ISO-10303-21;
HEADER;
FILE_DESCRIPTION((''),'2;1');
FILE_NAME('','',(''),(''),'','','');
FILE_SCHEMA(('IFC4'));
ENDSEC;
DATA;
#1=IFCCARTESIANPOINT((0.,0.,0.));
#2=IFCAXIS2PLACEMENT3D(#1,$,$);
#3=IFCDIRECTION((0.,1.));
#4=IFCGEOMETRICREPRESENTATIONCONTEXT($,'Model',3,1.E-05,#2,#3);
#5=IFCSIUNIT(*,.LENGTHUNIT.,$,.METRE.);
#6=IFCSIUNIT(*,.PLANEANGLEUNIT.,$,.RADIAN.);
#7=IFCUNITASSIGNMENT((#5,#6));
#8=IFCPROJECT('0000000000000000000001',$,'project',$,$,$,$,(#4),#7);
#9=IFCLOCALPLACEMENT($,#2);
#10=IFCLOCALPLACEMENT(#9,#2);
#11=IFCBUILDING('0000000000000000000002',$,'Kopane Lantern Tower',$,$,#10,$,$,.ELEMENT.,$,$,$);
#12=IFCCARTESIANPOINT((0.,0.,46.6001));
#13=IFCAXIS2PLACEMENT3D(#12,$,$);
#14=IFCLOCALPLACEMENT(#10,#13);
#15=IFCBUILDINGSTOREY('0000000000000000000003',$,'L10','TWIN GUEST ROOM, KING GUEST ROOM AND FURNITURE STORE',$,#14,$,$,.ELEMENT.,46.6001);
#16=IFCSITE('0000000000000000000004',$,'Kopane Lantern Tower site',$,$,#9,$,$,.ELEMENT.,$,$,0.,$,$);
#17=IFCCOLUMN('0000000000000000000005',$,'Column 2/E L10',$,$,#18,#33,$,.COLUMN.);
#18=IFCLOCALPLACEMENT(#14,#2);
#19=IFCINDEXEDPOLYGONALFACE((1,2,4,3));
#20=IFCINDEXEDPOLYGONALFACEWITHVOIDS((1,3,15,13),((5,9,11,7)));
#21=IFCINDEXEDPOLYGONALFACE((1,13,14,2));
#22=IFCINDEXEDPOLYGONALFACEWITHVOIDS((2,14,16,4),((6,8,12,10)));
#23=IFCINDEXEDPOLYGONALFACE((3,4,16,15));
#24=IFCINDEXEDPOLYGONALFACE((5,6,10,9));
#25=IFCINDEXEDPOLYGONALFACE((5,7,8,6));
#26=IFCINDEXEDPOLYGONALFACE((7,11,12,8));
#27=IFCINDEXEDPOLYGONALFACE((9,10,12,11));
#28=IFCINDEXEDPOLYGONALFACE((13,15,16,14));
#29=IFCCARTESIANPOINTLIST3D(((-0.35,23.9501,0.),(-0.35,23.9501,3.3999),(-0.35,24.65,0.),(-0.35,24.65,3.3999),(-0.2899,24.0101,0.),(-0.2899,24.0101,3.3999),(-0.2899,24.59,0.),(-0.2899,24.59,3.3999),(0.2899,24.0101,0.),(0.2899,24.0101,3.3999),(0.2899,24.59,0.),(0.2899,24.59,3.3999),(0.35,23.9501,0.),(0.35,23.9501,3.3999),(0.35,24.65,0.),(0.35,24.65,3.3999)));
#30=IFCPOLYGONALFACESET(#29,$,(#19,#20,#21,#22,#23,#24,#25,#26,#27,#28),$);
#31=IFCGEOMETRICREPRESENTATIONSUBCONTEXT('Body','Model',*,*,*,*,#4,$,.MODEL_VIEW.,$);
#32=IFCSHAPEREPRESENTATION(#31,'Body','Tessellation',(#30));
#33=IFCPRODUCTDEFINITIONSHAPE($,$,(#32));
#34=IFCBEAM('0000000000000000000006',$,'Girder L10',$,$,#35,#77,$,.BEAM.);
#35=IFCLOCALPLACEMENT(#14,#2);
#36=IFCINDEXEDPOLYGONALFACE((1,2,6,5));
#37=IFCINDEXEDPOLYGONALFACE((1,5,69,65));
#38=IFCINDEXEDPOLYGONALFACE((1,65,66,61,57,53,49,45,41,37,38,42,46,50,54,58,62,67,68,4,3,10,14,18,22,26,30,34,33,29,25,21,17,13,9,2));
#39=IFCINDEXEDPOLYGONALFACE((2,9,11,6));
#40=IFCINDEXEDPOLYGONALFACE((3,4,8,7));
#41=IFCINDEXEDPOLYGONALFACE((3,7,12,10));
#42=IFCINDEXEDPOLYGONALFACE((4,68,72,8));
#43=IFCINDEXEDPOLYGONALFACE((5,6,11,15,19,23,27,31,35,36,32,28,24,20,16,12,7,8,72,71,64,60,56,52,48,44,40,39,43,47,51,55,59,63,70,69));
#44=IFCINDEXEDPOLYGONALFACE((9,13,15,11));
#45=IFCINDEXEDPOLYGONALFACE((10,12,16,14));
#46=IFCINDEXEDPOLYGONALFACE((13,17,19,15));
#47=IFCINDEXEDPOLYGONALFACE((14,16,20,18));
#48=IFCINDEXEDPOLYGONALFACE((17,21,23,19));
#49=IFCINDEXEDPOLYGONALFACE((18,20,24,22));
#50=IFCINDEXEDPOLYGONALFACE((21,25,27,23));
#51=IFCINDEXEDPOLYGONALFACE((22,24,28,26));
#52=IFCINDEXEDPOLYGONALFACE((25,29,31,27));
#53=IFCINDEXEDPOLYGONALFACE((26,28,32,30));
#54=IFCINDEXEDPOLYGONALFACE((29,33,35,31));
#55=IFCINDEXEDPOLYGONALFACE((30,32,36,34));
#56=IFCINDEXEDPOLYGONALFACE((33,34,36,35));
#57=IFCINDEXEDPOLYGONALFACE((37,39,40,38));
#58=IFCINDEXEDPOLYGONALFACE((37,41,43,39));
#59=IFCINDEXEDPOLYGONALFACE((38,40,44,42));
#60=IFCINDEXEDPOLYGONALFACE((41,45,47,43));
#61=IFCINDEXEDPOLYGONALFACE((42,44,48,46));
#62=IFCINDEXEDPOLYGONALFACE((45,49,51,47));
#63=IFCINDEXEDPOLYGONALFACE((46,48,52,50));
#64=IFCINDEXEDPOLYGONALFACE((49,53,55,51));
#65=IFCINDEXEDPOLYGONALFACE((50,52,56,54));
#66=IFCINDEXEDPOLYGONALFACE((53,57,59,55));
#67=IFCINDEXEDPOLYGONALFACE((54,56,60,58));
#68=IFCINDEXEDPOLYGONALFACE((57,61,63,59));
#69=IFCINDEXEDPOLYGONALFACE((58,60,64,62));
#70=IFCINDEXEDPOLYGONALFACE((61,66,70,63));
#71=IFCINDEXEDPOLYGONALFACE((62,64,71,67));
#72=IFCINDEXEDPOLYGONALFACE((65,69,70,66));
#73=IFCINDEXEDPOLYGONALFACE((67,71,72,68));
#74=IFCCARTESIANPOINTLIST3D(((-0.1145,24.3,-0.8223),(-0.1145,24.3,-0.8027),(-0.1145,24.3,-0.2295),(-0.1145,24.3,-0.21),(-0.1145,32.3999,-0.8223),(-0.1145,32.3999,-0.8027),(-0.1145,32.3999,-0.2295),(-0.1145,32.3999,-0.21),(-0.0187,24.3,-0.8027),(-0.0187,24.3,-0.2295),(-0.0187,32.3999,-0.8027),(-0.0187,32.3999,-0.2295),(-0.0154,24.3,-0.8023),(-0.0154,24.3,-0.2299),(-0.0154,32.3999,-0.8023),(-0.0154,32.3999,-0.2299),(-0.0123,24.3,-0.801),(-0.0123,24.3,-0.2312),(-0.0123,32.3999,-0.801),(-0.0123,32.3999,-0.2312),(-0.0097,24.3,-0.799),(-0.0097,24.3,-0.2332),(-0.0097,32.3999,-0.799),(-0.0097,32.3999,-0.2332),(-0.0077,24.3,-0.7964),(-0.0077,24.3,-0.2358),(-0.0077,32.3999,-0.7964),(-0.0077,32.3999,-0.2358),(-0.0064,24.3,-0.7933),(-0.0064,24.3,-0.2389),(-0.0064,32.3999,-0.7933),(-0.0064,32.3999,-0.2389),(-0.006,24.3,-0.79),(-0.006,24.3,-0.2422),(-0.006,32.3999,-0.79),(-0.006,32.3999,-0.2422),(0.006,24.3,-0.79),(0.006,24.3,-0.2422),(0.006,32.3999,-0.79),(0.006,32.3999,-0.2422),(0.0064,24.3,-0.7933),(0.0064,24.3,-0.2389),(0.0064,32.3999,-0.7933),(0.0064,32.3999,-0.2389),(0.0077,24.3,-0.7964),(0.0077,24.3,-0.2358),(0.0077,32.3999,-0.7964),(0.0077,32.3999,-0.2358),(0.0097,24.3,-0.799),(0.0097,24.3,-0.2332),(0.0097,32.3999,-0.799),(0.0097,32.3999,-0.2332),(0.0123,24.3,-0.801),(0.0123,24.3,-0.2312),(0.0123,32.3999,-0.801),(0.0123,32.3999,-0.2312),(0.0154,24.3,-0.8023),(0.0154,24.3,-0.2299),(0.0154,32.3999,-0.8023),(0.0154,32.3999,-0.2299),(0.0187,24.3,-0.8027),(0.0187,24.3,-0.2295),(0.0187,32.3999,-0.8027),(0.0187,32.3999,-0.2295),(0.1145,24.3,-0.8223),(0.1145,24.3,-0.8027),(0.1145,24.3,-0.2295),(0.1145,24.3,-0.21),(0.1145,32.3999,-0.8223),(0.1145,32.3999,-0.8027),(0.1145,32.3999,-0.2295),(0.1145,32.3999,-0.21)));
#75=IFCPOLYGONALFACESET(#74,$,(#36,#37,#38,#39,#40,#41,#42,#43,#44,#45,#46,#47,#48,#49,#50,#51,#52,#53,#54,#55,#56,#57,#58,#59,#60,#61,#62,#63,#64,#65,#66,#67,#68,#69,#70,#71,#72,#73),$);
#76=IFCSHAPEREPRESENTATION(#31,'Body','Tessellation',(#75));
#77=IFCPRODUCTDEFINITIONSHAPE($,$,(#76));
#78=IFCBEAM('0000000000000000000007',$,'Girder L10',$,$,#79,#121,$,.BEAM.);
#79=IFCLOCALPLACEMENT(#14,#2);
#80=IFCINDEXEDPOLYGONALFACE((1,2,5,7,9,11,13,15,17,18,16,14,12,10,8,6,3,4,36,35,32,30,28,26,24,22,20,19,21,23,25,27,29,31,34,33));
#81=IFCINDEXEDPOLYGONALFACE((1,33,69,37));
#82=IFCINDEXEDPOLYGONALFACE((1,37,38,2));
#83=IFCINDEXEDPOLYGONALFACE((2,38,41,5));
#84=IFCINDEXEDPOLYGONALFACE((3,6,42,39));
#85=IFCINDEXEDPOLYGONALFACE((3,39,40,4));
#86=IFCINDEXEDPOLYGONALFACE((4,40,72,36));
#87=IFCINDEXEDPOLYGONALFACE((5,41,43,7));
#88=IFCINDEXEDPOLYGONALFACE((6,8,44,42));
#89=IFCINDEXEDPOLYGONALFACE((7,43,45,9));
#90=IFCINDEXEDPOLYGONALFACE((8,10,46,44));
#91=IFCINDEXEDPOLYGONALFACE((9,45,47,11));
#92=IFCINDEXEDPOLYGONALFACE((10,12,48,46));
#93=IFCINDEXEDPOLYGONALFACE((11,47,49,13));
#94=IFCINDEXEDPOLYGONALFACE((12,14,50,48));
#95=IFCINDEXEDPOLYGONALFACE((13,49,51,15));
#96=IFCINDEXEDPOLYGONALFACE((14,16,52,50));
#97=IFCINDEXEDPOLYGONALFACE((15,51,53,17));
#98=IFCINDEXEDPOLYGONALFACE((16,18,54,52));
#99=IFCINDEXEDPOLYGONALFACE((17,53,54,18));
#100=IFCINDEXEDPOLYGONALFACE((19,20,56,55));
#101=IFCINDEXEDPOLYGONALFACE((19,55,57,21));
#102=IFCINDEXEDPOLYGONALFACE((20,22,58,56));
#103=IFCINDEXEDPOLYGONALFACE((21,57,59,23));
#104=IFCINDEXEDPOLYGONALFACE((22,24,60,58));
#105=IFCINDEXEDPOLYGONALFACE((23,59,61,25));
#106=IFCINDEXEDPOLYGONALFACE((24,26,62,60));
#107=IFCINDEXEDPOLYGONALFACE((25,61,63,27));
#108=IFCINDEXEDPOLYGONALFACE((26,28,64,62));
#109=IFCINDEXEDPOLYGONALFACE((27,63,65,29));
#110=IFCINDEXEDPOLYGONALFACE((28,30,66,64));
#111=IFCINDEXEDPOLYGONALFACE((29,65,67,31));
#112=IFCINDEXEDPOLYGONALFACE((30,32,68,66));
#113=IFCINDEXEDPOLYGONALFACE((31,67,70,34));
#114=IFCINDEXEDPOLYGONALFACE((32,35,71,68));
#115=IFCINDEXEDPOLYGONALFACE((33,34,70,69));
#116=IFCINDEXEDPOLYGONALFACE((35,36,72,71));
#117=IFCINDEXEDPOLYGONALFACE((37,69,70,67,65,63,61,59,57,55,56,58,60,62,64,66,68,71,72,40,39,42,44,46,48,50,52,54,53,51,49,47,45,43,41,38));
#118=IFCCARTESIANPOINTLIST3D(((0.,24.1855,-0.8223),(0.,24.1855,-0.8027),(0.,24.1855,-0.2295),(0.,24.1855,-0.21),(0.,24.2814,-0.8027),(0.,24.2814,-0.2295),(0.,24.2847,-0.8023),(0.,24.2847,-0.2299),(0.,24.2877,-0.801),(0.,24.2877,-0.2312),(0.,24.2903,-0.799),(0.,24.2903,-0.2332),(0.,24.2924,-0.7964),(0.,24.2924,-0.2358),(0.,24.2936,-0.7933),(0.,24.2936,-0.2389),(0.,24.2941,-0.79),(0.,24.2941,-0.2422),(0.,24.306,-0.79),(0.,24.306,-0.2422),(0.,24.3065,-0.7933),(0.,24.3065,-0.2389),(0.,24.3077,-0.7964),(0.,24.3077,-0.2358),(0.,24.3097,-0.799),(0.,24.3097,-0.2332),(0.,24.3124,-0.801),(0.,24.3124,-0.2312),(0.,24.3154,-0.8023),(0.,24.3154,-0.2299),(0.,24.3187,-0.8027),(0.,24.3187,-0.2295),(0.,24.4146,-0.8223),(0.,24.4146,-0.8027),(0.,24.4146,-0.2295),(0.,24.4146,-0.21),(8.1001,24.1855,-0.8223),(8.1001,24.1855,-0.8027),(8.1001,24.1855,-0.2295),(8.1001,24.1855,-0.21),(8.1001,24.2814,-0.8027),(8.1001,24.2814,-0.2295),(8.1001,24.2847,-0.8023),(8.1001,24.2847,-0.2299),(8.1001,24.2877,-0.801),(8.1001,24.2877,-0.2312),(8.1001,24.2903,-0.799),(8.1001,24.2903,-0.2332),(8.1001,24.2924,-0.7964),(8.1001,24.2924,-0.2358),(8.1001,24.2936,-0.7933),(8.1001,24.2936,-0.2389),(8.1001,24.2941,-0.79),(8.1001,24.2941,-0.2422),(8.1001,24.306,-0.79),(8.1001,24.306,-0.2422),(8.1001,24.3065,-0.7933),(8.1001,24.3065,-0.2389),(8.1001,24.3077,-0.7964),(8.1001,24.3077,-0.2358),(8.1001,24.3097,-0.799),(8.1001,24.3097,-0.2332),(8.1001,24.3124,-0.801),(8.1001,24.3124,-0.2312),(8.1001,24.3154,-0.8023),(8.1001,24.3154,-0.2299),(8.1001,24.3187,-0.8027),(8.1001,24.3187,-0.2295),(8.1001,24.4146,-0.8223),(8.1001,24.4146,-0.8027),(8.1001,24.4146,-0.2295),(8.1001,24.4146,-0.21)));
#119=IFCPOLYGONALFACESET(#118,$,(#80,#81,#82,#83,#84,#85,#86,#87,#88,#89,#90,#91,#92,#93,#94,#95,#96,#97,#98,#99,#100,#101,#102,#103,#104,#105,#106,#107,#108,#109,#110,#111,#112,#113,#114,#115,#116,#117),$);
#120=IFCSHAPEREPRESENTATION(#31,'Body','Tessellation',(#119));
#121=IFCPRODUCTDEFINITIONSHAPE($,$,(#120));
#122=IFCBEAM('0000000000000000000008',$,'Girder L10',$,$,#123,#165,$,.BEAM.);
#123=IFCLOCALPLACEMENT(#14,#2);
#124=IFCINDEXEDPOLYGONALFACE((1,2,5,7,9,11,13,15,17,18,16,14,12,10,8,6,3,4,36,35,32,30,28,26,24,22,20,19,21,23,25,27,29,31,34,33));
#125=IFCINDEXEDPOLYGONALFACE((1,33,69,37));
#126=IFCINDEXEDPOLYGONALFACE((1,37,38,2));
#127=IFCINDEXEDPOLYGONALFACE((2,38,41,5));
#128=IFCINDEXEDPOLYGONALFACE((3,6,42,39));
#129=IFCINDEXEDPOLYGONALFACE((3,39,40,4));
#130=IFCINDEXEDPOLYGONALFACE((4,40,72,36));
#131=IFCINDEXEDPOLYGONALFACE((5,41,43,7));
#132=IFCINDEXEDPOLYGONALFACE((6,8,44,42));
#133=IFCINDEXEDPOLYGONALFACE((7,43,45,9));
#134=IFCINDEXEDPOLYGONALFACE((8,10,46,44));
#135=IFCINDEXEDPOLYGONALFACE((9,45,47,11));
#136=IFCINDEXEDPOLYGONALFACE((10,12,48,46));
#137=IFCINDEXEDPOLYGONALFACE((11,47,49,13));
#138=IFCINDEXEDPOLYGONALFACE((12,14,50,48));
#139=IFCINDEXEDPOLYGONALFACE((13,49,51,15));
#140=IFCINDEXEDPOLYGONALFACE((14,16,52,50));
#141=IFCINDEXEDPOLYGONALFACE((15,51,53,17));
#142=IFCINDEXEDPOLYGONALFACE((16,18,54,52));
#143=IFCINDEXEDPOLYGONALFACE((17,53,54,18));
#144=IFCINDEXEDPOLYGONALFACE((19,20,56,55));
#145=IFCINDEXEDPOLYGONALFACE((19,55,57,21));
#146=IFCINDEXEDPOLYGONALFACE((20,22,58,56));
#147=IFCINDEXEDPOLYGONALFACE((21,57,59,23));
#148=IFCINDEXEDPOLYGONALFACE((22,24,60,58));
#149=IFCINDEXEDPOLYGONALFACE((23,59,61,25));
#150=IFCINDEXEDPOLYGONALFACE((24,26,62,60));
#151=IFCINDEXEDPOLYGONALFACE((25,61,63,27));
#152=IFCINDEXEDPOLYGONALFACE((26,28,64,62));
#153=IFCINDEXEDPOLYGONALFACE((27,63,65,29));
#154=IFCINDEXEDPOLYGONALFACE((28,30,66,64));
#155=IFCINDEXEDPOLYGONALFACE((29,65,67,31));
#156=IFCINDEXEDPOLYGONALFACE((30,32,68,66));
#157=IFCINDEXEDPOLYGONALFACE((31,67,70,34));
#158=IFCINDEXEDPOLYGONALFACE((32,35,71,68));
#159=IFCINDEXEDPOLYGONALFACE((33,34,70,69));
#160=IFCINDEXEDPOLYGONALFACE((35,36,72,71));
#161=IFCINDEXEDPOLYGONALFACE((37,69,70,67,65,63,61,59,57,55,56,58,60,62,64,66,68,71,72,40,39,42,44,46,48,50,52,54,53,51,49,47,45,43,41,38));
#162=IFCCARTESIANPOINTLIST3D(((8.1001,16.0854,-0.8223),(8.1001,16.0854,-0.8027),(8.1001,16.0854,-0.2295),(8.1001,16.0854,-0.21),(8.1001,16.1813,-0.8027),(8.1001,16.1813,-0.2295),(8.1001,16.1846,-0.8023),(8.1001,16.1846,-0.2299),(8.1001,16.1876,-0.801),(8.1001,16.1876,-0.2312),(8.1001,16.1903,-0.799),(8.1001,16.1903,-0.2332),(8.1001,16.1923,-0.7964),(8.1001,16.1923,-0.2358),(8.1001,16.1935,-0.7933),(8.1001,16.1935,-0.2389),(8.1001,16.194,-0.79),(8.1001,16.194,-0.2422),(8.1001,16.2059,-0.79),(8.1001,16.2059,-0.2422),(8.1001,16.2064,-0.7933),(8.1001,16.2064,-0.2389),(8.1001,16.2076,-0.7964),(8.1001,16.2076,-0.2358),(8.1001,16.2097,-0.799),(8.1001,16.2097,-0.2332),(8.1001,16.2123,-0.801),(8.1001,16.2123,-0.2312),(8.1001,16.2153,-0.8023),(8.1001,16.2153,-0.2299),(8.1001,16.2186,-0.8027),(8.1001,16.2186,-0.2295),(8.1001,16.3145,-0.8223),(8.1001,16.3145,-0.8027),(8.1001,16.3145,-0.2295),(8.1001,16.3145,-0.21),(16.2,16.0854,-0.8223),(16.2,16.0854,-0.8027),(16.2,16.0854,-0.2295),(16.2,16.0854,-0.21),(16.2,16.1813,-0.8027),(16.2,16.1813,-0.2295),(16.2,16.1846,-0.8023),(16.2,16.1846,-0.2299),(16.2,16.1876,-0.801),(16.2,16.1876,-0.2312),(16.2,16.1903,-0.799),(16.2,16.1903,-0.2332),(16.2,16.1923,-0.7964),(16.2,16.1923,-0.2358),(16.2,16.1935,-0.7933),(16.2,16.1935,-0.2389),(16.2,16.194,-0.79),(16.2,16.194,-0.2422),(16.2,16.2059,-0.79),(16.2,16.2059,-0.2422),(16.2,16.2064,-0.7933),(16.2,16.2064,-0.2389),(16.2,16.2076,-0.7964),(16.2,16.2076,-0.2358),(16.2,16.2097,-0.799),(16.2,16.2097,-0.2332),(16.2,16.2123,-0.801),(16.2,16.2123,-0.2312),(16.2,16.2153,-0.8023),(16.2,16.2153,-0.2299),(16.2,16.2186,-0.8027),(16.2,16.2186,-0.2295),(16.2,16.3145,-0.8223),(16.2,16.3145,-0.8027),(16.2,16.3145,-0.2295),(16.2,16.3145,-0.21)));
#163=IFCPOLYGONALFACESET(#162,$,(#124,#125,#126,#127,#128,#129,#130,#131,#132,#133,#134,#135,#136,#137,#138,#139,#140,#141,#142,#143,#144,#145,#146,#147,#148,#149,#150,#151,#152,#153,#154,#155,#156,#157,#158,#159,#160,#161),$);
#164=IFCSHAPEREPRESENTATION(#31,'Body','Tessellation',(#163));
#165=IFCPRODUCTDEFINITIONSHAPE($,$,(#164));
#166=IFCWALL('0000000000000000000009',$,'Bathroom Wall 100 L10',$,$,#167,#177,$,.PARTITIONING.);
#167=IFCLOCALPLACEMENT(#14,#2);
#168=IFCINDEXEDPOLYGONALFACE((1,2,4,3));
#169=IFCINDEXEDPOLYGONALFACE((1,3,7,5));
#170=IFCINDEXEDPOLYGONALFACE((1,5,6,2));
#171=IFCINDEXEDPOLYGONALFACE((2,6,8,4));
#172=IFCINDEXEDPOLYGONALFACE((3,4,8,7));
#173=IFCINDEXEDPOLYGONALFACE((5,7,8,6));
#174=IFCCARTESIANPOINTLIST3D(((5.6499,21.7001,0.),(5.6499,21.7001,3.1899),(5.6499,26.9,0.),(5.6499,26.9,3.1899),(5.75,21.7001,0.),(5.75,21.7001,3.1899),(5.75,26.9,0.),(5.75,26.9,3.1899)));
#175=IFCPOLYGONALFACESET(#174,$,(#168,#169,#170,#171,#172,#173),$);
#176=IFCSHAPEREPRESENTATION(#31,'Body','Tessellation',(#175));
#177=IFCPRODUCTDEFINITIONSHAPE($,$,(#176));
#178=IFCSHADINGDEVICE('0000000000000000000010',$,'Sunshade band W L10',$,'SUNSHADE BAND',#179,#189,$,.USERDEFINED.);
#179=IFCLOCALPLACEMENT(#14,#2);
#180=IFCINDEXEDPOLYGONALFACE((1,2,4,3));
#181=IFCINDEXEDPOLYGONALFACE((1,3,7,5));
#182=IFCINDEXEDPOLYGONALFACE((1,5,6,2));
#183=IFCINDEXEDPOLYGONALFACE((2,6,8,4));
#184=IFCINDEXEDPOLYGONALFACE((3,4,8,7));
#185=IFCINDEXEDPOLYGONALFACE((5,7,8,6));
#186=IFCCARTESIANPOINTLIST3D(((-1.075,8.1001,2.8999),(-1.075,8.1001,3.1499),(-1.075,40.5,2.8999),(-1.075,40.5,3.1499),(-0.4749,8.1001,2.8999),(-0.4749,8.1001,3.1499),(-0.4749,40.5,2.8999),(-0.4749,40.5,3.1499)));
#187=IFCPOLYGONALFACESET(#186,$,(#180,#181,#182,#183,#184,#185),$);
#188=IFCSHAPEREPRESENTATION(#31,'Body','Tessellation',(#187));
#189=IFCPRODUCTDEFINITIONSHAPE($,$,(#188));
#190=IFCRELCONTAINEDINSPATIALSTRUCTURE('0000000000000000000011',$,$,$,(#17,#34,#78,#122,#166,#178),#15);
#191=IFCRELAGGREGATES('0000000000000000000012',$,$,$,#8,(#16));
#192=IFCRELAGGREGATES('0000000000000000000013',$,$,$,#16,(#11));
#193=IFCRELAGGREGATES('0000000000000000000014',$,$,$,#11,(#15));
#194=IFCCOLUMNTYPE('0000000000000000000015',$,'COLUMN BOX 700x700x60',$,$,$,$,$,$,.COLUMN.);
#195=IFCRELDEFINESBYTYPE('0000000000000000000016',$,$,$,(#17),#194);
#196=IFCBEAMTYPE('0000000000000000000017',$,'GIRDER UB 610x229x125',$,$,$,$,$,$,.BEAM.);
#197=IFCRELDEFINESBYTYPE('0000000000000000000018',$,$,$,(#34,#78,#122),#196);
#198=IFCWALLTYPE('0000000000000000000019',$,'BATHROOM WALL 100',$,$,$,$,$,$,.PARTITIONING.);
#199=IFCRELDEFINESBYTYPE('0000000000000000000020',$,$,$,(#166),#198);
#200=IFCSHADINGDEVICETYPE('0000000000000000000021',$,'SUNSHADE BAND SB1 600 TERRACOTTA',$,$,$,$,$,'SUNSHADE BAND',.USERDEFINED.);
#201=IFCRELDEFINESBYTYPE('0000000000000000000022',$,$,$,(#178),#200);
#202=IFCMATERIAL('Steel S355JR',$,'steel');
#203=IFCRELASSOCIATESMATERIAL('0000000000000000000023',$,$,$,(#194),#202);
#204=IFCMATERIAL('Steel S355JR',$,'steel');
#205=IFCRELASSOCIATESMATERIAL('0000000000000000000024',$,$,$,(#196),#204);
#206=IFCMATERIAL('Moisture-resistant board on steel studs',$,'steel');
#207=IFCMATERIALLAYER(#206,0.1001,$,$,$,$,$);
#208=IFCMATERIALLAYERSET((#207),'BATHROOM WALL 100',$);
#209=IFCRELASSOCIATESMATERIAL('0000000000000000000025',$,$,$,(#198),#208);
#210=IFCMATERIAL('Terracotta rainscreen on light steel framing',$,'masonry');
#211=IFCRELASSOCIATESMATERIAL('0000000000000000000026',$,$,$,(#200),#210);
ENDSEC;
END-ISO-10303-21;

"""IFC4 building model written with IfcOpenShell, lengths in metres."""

from ifc_helpers import new_model, si_unit, direction, frame, frame_2d, origin, origin_2d, place, context, subcontext, project, spatial, rectangle, hollow_rectangle, i_section, extrude, material, layer, layer_set, material_profile, profile_set, type_object, element, save


model = new_model("IFC4")

# Units and contexts
model_context = context("Model", 3, precision=1e-05, world=origin(), true_north=direction((0.0, 1.0)))
body_context = subcontext(model_context, "Body", "Model", "MODEL_VIEW")
ifc_project = project(units=[si_unit("LENGTHUNIT", "METRE"), si_unit("PLANEANGLEUNIT", "RADIAN")], contexts=[model_context])

# Site, building, storey
site_placement = place(None, origin())
site = spatial("IfcSite", under=ifc_project, at=site_placement, Name="Kopane Lantern Tower site", CompositionType="ELEMENT", RefElevation=0.0)
building_placement = place(site_placement, origin())
building = spatial("IfcBuilding", under=site, at=building_placement, Name="Kopane Lantern Tower", CompositionType="ELEMENT")
storey_placement = place(building_placement, frame((0.0, 0.0, 46.6001)))
storey = spatial("IfcBuildingStorey", under=building, at=storey_placement, Name="L10", Description="TWIN GUEST ROOM, KING GUEST ROOM AND FURNITURE STORE", CompositionType="ELEMENT", Elevation=46.6001)

# Column
ifc_material_1 = material(Name="Steel S355JR", Category="steel")
ifc_material_profile_1 = material_profile(ifc_material_1, hollow_rectangle(XDim=0.7, YDim=0.7, WallThickness=0.0601, at=origin_2d()), Name="BOX 700x700x60")
ifc_profile_set_1 = profile_set([ifc_material_profile_1], Name="Steel S355JR")
column_type = type_object("IfcColumnType", Name="COLUMN BOX 700x700x60", PredefinedType="COLUMN", material=ifc_profile_set_1)
column_placement = place(storey_placement, frame((0.0, 24.3, 0.0), z_axis=(0.0, 0.0, 1.0), x_axis=(1.0, 0.0, 0.0)))
element("IfcColumn", 1, at=column_placement, inside=storey, type_object=column_type, Name="Column 2/E L10", PredefinedType="COLUMN", context=body_context, shape_type="SweptSolid", body=[
    extrude(hollow_rectangle(XDim=0.7, YDim=0.7, WallThickness=0.0601, at=origin_2d()), origin(), (0.0, 0.0, 1.0), 3.3999),
])

# Beams
ifc_material_2 = material(Name="Steel S355JR", Category="steel")
ifc_material_profile_2 = material_profile(ifc_material_2, i_section(OverallWidth=0.229, OverallDepth=0.6123, WebThickness=0.012, FlangeThickness=0.0195, FilletRadius=0.0127, at=origin_2d()), Name="UB 610x229x125")
ifc_profile_set_2 = profile_set([ifc_material_profile_2], Name="Steel S355JR")
beam_type = type_object("IfcBeamType", Name="GIRDER UB 610x229x125", PredefinedType="BEAM", material=ifc_profile_set_2)
beam_1_placement = place(storey_placement, frame((0.0, 24.3, -0.5161), z_axis=(0.0, 1.0, 0.0), x_axis=(-1.0, 0.0, 0.0)))
element("IfcBeam", 2, at=beam_1_placement, inside=storey, type_object=beam_type, Name="Girder L10", PredefinedType="BEAM", context=body_context, shape_type="SweptSolid", body=[
    extrude(i_section(OverallWidth=0.229, OverallDepth=0.6123, WebThickness=0.012, FlangeThickness=0.0195, FilletRadius=0.0127, at=origin_2d()), origin(), (0.0, 0.0, 1.0), 8.0999),
])
beam_2_placement = place(storey_placement, frame((0.0, 24.3, -0.5161), z_axis=(1.0, 0.0, 0.0), x_axis=(0.0, 1.0, 0.0)))
element("IfcBeam", 3, at=beam_2_placement, inside=storey, type_object=beam_type, Name="Girder L10", PredefinedType="BEAM", context=body_context, shape_type="SweptSolid", body=[
    extrude(i_section(OverallWidth=0.229, OverallDepth=0.6123, WebThickness=0.012, FlangeThickness=0.0195, FilletRadius=0.0127, at=origin_2d()), origin(), (0.0, 0.0, 1.0), 8.1001),
])
beam_3_placement = place(storey_placement, frame((8.1001, 16.2, -0.5161), z_axis=(1.0, 0.0, 0.0), x_axis=(0.0, 1.0, 0.0)))
element("IfcBeam", 4, at=beam_3_placement, inside=storey, type_object=beam_type, Name="Girder L10", PredefinedType="BEAM", context=body_context, shape_type="SweptSolid", body=[
    extrude(i_section(OverallWidth=0.229, OverallDepth=0.6123, WebThickness=0.012, FlangeThickness=0.0195, FilletRadius=0.0127, at=origin_2d()), origin(), (0.0, 0.0, 1.0), 8.0999),
])

# Wall
ifc_material_3 = material(Name="Moisture-resistant board on steel studs", Category="steel")
ifc_layer = layer(ifc_material_3, 0.1001)
ifc_layer_set = layer_set([ifc_layer], Name="BATHROOM WALL 100")
wall_type = type_object("IfcWallType", Name="BATHROOM WALL 100", PredefinedType="PARTITIONING", material=ifc_layer_set)
wall_placement = place(storey_placement, frame((5.7, 21.7, 0.0), z_axis=(0.0, 0.0, 1.0), x_axis=(0.0, 1.0, 0.0)))
element("IfcWall", 5, at=wall_placement, inside=storey, type_object=wall_type, Name="Bathroom Wall 100 L10", PredefinedType="PARTITIONING", context=body_context, shape_type="SweptSolid", body=[
    extrude(rectangle(XDim=5.2, YDim=0.1001, at=frame_2d((2.6001, 0.0))), origin(), (0.0, 0.0, 1.0), 3.1899),
])

# Shading device
ifc_material_4 = material(Name="Terracotta rainscreen on light steel framing", Category="masonry")
shading_device_type = type_object("IfcShadingDeviceType", Name="SUNSHADE BAND SB1 600 TERRACOTTA", ElementType="SUNSHADE BAND", PredefinedType="USERDEFINED", material=ifc_material_4)
shading_device_placement = place(storey_placement, frame((-0.7749, 24.3, 2.8999), z_axis=(0.0, 0.0, 1.0), x_axis=(0.0, -1.0, 0.0)))
element("IfcShadingDevice", 6, at=shading_device_placement, inside=storey, type_object=shading_device_type, Name="Sunshade band W L10", ObjectType="SUNSHADE BAND", PredefinedType="USERDEFINED", context=body_context, shape_type="SweptSolid", body=[
    extrude(rectangle(XDim=32.3999, YDim=0.6001, at=origin_2d()), origin(), (0.0, 0.0, 1.0), 0.25),
])

save(model, "model.ifc")
